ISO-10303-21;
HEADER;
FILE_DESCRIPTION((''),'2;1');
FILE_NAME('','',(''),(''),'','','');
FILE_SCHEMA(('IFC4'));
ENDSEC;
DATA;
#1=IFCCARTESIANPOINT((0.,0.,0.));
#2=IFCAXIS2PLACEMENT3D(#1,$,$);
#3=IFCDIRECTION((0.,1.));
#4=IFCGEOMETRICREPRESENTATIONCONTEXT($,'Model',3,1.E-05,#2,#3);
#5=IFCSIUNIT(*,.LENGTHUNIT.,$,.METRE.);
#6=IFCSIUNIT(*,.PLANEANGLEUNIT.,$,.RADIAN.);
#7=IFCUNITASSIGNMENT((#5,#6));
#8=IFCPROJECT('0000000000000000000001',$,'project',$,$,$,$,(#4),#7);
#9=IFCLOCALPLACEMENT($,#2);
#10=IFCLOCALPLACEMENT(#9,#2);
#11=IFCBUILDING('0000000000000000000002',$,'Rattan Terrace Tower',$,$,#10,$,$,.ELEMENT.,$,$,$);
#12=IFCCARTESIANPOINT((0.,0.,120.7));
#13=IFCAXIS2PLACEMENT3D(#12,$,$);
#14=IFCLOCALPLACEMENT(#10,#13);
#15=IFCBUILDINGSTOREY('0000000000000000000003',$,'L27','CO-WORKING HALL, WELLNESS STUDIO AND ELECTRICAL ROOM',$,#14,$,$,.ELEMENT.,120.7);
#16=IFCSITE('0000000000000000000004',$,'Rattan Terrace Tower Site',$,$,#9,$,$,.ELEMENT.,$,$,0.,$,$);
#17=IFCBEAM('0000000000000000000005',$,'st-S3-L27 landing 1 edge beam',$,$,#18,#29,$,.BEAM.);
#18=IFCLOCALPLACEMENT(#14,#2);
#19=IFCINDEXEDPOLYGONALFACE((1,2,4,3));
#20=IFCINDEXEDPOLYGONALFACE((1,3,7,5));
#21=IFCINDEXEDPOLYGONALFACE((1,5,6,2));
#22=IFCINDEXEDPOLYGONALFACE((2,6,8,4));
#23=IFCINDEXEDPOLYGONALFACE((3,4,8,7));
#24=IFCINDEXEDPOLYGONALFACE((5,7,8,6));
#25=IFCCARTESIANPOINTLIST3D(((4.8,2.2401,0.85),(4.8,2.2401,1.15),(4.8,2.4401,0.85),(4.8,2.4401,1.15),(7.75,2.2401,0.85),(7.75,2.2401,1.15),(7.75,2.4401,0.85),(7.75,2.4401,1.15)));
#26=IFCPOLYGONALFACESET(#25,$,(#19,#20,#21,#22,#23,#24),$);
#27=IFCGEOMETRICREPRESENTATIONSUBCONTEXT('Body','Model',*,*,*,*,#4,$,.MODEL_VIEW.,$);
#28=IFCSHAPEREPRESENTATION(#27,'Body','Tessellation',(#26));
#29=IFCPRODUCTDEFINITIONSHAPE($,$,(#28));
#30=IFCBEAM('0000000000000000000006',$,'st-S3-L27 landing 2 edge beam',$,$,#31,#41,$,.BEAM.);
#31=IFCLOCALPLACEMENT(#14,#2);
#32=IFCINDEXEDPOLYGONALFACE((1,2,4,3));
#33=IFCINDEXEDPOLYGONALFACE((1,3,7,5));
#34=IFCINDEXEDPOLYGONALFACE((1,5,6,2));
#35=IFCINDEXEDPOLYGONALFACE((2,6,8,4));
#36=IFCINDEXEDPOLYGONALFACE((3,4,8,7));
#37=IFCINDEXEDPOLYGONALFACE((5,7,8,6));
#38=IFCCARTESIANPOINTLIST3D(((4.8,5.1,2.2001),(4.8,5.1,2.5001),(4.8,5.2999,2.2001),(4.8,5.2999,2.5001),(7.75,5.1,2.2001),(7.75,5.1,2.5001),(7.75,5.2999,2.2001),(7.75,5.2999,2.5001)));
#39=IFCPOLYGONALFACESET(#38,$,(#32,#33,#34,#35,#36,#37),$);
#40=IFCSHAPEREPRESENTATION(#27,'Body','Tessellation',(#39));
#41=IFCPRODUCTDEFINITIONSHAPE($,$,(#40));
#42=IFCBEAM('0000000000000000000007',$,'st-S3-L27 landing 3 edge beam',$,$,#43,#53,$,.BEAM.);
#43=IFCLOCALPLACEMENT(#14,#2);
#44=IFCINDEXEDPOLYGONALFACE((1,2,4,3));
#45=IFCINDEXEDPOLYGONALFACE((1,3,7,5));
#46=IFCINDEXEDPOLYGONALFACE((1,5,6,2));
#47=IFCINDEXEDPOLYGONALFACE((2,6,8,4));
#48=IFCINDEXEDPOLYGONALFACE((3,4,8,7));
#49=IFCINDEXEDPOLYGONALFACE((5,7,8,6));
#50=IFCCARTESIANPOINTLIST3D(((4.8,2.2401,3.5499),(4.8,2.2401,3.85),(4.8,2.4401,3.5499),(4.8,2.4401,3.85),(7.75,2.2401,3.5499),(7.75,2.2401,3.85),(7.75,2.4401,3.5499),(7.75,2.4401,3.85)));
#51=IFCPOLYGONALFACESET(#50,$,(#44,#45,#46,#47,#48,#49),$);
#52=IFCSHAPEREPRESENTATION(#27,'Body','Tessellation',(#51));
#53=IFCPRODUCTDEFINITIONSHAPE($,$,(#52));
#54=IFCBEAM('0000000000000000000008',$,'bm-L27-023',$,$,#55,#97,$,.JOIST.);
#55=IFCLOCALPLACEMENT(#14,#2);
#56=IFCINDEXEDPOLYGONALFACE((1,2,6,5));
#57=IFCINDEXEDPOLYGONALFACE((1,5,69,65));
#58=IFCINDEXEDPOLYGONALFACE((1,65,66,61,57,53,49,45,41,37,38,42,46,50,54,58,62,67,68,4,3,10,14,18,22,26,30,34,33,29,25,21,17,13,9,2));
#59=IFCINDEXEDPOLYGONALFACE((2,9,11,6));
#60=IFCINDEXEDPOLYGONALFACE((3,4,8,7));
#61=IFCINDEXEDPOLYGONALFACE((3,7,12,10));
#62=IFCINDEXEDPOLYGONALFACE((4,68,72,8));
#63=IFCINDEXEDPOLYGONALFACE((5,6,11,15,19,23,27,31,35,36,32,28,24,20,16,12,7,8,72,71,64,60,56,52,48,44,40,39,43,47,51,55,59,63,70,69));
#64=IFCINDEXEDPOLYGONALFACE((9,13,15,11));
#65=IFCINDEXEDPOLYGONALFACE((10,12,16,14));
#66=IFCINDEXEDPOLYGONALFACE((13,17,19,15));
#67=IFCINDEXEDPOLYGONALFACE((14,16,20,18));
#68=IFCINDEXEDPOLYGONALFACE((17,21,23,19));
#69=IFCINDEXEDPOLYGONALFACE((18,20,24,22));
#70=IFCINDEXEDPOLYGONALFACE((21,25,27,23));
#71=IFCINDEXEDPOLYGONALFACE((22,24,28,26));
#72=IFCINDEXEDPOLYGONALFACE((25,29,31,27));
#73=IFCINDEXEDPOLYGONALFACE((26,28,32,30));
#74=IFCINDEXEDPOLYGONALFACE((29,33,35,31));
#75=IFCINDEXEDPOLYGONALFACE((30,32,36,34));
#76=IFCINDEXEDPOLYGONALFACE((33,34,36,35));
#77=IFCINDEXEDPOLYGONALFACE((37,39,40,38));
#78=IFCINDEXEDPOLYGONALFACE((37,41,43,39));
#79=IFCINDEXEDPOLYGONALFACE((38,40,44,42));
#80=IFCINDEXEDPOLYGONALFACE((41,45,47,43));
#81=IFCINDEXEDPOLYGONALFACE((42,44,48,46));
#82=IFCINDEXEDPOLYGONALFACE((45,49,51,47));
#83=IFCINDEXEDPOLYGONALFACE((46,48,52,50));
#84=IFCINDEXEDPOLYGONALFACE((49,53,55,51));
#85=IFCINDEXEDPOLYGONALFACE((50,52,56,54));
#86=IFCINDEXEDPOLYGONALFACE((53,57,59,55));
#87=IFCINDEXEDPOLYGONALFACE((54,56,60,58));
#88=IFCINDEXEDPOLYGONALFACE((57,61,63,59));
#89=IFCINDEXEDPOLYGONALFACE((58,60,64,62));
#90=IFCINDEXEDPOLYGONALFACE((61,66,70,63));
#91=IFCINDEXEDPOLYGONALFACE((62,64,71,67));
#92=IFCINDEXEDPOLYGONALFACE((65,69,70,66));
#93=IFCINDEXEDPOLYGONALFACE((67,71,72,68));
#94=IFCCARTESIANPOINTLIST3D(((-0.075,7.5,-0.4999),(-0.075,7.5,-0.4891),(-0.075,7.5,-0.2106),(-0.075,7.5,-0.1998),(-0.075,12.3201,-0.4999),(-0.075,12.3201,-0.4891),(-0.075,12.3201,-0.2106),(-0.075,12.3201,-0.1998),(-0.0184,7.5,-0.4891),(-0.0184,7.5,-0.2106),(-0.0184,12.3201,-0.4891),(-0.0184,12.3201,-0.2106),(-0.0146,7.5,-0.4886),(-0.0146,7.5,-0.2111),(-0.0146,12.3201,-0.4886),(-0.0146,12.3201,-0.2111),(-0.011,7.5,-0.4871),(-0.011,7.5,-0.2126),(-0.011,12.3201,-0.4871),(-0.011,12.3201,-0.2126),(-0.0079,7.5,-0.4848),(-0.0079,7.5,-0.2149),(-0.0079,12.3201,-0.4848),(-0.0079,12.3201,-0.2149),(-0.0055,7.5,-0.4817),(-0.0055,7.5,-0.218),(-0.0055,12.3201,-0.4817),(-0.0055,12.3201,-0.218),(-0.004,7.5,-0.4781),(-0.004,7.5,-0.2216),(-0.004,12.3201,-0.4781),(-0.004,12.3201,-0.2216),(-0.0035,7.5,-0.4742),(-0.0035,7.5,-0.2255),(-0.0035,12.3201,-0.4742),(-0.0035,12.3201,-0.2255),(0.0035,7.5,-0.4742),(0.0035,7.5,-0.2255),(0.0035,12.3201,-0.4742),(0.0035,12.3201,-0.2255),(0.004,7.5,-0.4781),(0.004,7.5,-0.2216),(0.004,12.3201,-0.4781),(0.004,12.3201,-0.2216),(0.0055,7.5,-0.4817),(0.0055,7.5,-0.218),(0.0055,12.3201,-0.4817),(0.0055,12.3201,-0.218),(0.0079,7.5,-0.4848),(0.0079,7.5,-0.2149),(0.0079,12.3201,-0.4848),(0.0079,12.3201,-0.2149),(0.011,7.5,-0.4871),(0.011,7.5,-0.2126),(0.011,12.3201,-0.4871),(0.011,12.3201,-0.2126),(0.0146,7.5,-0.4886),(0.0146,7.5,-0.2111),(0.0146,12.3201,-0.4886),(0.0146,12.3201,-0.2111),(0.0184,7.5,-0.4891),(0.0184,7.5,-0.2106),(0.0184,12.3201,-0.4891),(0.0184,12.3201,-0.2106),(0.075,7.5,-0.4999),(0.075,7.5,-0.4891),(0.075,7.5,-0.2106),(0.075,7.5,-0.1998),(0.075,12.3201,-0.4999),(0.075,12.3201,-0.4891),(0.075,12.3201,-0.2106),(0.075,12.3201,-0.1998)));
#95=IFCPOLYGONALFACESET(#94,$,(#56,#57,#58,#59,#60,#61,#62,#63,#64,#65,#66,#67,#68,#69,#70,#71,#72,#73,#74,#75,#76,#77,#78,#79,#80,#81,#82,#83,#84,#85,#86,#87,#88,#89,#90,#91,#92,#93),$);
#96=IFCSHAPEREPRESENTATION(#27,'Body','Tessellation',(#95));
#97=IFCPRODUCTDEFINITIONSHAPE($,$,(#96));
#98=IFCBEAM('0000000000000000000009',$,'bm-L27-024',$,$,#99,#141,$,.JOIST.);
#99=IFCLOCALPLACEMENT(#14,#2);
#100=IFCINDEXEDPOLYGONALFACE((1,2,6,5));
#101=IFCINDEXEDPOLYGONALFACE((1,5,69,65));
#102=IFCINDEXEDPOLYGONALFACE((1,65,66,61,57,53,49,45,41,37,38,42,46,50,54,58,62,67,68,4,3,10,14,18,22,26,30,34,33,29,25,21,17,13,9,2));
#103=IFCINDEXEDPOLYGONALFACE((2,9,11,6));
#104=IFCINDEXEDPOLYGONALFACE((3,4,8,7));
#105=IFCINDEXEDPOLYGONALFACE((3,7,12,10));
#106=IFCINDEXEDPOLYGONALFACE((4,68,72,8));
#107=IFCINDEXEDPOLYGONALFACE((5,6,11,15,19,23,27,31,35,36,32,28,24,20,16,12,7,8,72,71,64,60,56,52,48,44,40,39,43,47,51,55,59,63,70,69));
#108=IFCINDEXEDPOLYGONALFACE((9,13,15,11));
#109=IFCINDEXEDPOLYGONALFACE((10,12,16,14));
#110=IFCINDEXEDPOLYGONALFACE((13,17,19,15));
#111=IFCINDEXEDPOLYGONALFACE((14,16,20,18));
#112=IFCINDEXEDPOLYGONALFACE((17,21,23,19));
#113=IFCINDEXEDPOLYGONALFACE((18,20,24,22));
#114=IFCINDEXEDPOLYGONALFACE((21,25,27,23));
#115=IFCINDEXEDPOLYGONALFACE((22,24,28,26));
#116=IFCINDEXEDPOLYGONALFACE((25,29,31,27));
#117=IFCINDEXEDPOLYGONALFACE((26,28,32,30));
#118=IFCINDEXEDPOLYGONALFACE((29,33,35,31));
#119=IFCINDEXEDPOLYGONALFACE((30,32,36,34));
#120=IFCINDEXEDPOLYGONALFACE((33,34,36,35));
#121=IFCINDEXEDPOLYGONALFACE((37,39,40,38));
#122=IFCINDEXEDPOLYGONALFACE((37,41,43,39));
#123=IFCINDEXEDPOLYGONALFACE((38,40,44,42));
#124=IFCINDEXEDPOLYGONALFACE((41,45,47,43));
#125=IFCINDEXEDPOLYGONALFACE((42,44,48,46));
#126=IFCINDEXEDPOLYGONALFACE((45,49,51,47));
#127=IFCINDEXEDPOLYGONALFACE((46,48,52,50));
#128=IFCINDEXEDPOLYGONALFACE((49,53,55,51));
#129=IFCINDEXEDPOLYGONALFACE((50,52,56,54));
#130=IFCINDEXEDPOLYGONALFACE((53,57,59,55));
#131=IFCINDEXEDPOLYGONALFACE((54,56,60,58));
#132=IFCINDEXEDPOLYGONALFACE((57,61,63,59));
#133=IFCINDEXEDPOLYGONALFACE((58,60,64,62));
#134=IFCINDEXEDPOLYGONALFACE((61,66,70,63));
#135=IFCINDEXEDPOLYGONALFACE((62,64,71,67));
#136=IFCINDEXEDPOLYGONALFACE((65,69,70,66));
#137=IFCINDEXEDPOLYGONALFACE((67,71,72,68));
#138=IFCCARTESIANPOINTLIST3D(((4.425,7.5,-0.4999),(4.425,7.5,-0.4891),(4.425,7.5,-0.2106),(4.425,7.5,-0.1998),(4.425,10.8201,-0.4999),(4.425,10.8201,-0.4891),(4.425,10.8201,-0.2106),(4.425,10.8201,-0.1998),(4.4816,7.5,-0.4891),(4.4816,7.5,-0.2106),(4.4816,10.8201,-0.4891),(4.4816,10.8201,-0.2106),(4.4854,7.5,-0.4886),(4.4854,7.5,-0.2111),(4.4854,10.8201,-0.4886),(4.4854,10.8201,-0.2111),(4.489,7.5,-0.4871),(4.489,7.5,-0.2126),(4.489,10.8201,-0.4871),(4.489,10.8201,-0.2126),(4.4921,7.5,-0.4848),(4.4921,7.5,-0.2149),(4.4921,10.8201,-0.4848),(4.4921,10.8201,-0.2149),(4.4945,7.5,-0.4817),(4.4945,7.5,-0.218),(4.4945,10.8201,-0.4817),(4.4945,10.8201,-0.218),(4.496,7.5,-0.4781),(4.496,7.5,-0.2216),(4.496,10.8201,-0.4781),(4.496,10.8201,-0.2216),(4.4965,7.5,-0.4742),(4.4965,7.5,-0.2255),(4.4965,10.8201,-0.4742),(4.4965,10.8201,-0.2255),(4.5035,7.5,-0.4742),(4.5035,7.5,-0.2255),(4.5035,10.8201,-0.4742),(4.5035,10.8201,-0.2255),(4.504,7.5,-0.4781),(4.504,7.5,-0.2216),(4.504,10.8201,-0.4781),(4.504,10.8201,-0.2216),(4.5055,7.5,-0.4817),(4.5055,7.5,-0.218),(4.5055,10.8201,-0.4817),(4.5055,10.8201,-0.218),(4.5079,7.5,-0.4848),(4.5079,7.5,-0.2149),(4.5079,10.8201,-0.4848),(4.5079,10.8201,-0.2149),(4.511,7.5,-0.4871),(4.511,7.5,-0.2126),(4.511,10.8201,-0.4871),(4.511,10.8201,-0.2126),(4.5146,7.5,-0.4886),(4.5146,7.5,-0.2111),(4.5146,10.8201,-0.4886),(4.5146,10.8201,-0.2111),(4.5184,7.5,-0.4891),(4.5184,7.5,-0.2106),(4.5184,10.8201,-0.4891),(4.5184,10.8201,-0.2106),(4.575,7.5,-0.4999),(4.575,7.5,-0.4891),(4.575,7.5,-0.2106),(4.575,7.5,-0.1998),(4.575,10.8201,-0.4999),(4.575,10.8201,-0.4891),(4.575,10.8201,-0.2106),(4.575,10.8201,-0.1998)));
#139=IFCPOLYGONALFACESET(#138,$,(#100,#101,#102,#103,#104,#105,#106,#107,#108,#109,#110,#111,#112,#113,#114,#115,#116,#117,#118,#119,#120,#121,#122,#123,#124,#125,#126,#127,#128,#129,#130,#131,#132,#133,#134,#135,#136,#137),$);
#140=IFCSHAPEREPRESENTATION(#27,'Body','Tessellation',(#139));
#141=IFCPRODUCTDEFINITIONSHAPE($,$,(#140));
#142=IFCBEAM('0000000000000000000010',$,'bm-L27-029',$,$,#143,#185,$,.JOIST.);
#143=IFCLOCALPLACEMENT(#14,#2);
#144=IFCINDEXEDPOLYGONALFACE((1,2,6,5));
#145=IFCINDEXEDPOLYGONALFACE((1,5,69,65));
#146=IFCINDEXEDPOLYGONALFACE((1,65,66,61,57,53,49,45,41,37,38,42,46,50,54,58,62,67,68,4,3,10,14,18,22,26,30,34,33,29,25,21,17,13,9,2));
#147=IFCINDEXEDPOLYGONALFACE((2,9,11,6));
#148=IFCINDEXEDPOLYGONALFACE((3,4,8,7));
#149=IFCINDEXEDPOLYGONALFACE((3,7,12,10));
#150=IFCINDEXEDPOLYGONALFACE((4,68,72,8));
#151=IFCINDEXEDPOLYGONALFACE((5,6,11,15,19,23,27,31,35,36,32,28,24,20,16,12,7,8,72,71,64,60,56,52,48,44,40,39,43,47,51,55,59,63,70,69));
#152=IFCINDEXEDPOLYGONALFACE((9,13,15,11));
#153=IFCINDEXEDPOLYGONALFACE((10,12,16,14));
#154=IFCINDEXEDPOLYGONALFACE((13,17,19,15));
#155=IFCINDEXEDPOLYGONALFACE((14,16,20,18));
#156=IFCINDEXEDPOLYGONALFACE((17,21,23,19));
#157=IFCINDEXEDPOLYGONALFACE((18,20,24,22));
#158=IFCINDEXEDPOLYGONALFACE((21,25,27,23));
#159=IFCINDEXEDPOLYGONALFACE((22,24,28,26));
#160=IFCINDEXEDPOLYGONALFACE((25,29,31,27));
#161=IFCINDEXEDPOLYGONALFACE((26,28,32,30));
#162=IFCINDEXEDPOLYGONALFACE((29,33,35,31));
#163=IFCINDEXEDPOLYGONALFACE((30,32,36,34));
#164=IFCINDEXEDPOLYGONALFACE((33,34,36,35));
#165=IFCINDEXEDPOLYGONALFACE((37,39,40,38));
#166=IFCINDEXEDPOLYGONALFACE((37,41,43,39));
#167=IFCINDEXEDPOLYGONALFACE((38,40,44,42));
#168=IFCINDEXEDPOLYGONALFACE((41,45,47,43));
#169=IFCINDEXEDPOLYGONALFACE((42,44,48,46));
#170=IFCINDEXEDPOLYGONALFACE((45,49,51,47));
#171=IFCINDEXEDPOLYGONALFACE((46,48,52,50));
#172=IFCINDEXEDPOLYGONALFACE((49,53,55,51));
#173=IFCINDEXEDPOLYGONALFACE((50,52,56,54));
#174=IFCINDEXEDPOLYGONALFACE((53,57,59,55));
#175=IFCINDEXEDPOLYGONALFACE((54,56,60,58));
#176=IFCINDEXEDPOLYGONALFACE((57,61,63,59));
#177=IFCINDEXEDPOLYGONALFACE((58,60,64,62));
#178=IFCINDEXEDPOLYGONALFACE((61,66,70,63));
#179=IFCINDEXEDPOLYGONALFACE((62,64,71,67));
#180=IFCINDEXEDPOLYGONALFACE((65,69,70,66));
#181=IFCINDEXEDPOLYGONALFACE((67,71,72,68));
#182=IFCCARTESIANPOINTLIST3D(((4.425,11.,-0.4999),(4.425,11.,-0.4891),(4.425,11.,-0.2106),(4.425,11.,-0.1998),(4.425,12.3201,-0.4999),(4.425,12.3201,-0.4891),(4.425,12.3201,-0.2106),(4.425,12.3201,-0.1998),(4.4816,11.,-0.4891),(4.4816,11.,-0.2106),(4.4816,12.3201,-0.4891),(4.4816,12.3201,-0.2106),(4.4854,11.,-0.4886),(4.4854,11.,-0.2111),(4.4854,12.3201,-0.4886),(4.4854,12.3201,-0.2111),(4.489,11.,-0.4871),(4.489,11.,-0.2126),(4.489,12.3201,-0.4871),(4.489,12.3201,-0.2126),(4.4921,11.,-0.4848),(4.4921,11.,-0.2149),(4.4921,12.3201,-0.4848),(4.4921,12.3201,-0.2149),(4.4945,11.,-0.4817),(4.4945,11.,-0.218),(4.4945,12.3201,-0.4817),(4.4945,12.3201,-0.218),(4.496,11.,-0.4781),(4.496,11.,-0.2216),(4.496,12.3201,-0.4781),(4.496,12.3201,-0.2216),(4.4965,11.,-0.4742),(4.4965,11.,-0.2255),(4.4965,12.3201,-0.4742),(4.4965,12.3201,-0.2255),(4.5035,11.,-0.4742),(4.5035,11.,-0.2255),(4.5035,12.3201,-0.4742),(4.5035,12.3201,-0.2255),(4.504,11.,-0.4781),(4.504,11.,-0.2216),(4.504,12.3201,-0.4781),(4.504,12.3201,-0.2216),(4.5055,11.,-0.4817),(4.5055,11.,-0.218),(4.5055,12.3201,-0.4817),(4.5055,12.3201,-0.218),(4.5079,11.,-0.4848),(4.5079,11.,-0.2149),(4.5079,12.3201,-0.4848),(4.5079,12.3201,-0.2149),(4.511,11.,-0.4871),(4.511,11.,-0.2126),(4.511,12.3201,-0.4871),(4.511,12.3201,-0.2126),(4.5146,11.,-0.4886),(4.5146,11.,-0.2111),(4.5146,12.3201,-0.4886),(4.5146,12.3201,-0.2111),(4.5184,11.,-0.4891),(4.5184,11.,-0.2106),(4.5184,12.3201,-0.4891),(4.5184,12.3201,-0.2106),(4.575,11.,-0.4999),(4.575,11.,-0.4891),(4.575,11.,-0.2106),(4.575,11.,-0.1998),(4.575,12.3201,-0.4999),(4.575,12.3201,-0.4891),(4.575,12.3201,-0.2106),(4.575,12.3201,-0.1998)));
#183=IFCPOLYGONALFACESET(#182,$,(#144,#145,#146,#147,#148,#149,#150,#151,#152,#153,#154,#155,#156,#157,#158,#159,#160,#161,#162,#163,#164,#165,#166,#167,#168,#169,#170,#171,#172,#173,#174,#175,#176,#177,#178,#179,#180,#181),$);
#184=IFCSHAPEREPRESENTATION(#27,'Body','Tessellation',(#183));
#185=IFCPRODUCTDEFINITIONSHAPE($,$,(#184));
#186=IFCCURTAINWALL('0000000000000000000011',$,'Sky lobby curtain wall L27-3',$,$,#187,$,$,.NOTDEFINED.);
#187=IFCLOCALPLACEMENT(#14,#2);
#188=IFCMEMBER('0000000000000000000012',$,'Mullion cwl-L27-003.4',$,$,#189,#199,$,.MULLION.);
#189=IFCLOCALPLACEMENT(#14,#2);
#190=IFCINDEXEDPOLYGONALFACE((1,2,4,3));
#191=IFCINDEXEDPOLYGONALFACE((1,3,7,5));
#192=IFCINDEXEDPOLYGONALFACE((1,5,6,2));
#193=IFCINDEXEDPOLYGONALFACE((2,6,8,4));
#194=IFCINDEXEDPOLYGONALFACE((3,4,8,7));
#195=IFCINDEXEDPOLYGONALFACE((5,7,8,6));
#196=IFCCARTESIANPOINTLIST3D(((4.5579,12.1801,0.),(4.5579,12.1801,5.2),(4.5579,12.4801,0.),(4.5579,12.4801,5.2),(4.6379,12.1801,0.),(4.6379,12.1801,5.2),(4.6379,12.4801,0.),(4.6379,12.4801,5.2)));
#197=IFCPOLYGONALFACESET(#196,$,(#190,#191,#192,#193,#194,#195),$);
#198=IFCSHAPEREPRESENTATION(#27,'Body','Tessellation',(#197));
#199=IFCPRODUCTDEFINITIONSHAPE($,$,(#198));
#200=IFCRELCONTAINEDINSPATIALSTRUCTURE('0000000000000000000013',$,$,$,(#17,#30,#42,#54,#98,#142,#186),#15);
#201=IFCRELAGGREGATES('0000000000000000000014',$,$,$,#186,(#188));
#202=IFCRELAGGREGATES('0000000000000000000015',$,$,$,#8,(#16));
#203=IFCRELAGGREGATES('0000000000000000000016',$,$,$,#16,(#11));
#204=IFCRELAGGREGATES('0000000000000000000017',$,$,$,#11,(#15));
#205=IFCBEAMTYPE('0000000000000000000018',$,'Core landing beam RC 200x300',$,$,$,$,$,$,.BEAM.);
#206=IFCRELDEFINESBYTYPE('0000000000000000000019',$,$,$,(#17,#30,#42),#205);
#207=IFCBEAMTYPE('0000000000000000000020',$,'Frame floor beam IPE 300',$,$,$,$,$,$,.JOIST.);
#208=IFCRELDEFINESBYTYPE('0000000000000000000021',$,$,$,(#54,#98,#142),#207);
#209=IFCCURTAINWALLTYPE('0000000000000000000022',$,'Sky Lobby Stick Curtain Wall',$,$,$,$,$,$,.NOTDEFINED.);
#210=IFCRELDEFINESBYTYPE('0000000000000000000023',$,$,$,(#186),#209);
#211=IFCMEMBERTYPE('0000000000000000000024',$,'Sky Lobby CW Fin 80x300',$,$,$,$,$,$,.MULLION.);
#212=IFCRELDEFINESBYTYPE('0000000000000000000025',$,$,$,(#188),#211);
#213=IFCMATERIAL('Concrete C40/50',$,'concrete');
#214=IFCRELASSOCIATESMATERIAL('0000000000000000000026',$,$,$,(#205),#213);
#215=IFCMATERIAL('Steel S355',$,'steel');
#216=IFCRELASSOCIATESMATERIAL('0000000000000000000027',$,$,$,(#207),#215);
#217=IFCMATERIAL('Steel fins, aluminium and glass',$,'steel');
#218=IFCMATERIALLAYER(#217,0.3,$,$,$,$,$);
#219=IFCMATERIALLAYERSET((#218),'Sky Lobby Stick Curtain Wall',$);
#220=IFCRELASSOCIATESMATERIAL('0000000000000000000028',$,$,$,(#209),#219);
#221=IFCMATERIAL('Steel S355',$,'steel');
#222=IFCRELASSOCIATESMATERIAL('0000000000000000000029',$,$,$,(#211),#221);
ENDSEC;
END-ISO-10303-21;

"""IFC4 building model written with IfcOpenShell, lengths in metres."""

from ifc_helpers import new_model, si_unit, direction, frame, origin, origin_2d, place, context, subcontext, project, spatial, rectangle, i_section, extrude, material, layer, layer_set, material_profile, profile_set, type_object, element, aggregate, save


model = new_model("IFC4")

# Units and contexts
model_context = context("Model", 3, precision=1e-05, world=origin(), true_north=direction((0.0, 1.0)))
body_context = subcontext(model_context, "Body", "Model", "MODEL_VIEW")
ifc_project = project(units=[si_unit("LENGTHUNIT", "METRE"), si_unit("PLANEANGLEUNIT", "RADIAN")], contexts=[model_context])

# Site, building, storey
site_placement = place(None, origin())
site = spatial("IfcSite", under=ifc_project, at=site_placement, Name="Rattan Terrace Tower Site", CompositionType="ELEMENT", RefElevation=0.0)
building_placement = place(site_placement, origin())
building = spatial("IfcBuilding", under=site, at=building_placement, Name="Rattan Terrace Tower", CompositionType="ELEMENT")
storey_placement = place(building_placement, frame((0.0, 0.0, 120.7)))
storey = spatial("IfcBuildingStorey", under=building, at=storey_placement, Name="L27", Description="CO-WORKING HALL, WELLNESS STUDIO AND ELECTRICAL ROOM", CompositionType="ELEMENT", Elevation=120.7)

# Beams
ifc_material_1 = material(Name="Concrete C40/50", Category="concrete")
ifc_material_profile_1 = material_profile(ifc_material_1, rectangle(XDim=0.2, YDim=0.3, at=origin_2d()), Name="RC 200x300")
ifc_profile_set_1 = profile_set([ifc_material_profile_1], Name="Concrete C40/50")
beam_type_1 = type_object("IfcBeamType", Name="Core landing beam RC 200x300", PredefinedType="BEAM", material=ifc_profile_set_1)
for number, where, z_axis, x_axis, name in (
    (1, (4.8, 2.3401, 1.0), (1.0, 0.0, 0.0), (0.0, 1.0, 0.0), "st-S3-L27 landing 1 edge beam"),
    (2, (4.8, 5.2, 2.3501), (1.0, 0.0, 0.0), (0.0, 1.0, 0.0), "st-S3-L27 landing 2 edge beam"),
    (3, (4.8, 2.3401, 3.7), (1.0, 0.0, 0.0), (0.0, 1.0, 0.0), "st-S3-L27 landing 3 edge beam"),
):
    element("IfcBeam", number, at=place(storey_placement, frame(where, z_axis=z_axis, x_axis=x_axis)), inside=storey, type_object=beam_type_1, Name=name, PredefinedType="BEAM", context=body_context, shape_type="SweptSolid", body=[
        extrude(rectangle(XDim=0.2, YDim=0.3, at=origin_2d()), origin(), (0.0, 0.0, 1.0), 2.95),
    ])
ifc_material_2 = material(Name="Steel S355", Category="steel")
ifc_material_profile_2 = material_profile(ifc_material_2, i_section(OverallWidth=0.1499, OverallDepth=0.3, WebThickness=0.0071, FlangeThickness=0.0107, FilletRadius=0.0149, at=origin_2d()), Name="IPE 300")
ifc_profile_set_2 = profile_set([ifc_material_profile_2], Name="Steel S355")
beam_type_2 = type_object("IfcBeamType", Name="Frame floor beam IPE 300", PredefinedType="JOIST", material=ifc_profile_set_2)
beam_1_placement = place(storey_placement, frame((0.0, 7.5, -0.3499), z_axis=(0.0, 1.0, 0.0), x_axis=(-1.0, 0.0, 0.0)))
element("IfcBeam", 4, at=beam_1_placement, inside=storey, type_object=beam_type_2, Name="bm-L27-023", PredefinedType="JOIST", context=body_context, shape_type="SweptSolid", body=[
    extrude(i_section(OverallWidth=0.1499, OverallDepth=0.3, WebThickness=0.0071, FlangeThickness=0.0107, FilletRadius=0.0149, at=origin_2d()), origin(), (0.0, 0.0, 1.0), 4.8201),
])
beam_2_placement = place(storey_placement, frame((4.5, 7.5, -0.3499), z_axis=(0.0, 1.0, 0.0), x_axis=(-1.0, 0.0, 0.0)))
element("IfcBeam", 5, at=beam_2_placement, inside=storey, type_object=beam_type_2, Name="bm-L27-024", PredefinedType="JOIST", context=body_context, shape_type="SweptSolid", body=[
    extrude(i_section(OverallWidth=0.1499, OverallDepth=0.3, WebThickness=0.0071, FlangeThickness=0.0107, FilletRadius=0.0149, at=origin_2d()), origin(), (0.0, 0.0, 1.0), 3.3201),
])
beam_3_placement = place(storey_placement, frame((4.5, 11.0, -0.3499), z_axis=(0.0, 1.0, 0.0), x_axis=(-1.0, 0.0, 0.0)))
element("IfcBeam", 6, at=beam_3_placement, inside=storey, type_object=beam_type_2, Name="bm-L27-029", PredefinedType="JOIST", context=body_context, shape_type="SweptSolid", body=[
    extrude(i_section(OverallWidth=0.1499, OverallDepth=0.3, WebThickness=0.0071, FlangeThickness=0.0107, FilletRadius=0.0149, at=origin_2d()), origin(), (0.0, 0.0, 1.0), 1.3201),
])

# Curtain wall, member
ifc_material_3 = material(Name="Steel fins, aluminium and glass", Category="steel")
ifc_layer_1 = layer(ifc_material_3, 0.3)
ifc_layer_set_1 = layer_set([ifc_layer_1], Name="Sky Lobby Stick Curtain Wall")
curtain_wall_type = type_object("IfcCurtainWallType", Name="Sky Lobby Stick Curtain Wall", PredefinedType="NOTDEFINED", material=ifc_layer_set_1)
curtain_wall_placement = place(storey_placement, origin())
curtain_wall = element("IfcCurtainWall", 7, at=curtain_wall_placement, inside=storey, type_object=curtain_wall_type, Name="Sky lobby curtain wall L27-3", PredefinedType="NOTDEFINED")
ifc_material_4 = material(Name="Steel S355", Category="steel")
ifc_material_profile_3 = material_profile(ifc_material_4, rectangle(XDim=0.0801, YDim=0.3, at=origin_2d()), Name="Steel S355 80x300")
ifc_profile_set_3 = profile_set([ifc_material_profile_3], Name="Steel S355")
member_type_1 = type_object("IfcMemberType", Name="Sky Lobby CW Fin 80x300", PredefinedType="MULLION", material=ifc_profile_set_3)
member_1_placement = place(storey_placement, frame((4.5979, 12.3301, 0.0), z_axis=(0.0, 0.0, 1.0), x_axis=(-1.0, 0.0, 0.0)))
member_1 = element("IfcMember", 8, at=member_1_placement, type_object=member_type_1, Name="Mullion cwl-L27-003.4", PredefinedType="MULLION", context=body_context, shape_type="SweptSolid", body=[
    extrude(rectangle(XDim=0.0801, YDim=0.3, at=origin_2d()), origin(), (0.0, 0.0, 1.0), 5.2),
])
aggregate(curtain_wall, [member_1])

save(model, "model.ifc")
